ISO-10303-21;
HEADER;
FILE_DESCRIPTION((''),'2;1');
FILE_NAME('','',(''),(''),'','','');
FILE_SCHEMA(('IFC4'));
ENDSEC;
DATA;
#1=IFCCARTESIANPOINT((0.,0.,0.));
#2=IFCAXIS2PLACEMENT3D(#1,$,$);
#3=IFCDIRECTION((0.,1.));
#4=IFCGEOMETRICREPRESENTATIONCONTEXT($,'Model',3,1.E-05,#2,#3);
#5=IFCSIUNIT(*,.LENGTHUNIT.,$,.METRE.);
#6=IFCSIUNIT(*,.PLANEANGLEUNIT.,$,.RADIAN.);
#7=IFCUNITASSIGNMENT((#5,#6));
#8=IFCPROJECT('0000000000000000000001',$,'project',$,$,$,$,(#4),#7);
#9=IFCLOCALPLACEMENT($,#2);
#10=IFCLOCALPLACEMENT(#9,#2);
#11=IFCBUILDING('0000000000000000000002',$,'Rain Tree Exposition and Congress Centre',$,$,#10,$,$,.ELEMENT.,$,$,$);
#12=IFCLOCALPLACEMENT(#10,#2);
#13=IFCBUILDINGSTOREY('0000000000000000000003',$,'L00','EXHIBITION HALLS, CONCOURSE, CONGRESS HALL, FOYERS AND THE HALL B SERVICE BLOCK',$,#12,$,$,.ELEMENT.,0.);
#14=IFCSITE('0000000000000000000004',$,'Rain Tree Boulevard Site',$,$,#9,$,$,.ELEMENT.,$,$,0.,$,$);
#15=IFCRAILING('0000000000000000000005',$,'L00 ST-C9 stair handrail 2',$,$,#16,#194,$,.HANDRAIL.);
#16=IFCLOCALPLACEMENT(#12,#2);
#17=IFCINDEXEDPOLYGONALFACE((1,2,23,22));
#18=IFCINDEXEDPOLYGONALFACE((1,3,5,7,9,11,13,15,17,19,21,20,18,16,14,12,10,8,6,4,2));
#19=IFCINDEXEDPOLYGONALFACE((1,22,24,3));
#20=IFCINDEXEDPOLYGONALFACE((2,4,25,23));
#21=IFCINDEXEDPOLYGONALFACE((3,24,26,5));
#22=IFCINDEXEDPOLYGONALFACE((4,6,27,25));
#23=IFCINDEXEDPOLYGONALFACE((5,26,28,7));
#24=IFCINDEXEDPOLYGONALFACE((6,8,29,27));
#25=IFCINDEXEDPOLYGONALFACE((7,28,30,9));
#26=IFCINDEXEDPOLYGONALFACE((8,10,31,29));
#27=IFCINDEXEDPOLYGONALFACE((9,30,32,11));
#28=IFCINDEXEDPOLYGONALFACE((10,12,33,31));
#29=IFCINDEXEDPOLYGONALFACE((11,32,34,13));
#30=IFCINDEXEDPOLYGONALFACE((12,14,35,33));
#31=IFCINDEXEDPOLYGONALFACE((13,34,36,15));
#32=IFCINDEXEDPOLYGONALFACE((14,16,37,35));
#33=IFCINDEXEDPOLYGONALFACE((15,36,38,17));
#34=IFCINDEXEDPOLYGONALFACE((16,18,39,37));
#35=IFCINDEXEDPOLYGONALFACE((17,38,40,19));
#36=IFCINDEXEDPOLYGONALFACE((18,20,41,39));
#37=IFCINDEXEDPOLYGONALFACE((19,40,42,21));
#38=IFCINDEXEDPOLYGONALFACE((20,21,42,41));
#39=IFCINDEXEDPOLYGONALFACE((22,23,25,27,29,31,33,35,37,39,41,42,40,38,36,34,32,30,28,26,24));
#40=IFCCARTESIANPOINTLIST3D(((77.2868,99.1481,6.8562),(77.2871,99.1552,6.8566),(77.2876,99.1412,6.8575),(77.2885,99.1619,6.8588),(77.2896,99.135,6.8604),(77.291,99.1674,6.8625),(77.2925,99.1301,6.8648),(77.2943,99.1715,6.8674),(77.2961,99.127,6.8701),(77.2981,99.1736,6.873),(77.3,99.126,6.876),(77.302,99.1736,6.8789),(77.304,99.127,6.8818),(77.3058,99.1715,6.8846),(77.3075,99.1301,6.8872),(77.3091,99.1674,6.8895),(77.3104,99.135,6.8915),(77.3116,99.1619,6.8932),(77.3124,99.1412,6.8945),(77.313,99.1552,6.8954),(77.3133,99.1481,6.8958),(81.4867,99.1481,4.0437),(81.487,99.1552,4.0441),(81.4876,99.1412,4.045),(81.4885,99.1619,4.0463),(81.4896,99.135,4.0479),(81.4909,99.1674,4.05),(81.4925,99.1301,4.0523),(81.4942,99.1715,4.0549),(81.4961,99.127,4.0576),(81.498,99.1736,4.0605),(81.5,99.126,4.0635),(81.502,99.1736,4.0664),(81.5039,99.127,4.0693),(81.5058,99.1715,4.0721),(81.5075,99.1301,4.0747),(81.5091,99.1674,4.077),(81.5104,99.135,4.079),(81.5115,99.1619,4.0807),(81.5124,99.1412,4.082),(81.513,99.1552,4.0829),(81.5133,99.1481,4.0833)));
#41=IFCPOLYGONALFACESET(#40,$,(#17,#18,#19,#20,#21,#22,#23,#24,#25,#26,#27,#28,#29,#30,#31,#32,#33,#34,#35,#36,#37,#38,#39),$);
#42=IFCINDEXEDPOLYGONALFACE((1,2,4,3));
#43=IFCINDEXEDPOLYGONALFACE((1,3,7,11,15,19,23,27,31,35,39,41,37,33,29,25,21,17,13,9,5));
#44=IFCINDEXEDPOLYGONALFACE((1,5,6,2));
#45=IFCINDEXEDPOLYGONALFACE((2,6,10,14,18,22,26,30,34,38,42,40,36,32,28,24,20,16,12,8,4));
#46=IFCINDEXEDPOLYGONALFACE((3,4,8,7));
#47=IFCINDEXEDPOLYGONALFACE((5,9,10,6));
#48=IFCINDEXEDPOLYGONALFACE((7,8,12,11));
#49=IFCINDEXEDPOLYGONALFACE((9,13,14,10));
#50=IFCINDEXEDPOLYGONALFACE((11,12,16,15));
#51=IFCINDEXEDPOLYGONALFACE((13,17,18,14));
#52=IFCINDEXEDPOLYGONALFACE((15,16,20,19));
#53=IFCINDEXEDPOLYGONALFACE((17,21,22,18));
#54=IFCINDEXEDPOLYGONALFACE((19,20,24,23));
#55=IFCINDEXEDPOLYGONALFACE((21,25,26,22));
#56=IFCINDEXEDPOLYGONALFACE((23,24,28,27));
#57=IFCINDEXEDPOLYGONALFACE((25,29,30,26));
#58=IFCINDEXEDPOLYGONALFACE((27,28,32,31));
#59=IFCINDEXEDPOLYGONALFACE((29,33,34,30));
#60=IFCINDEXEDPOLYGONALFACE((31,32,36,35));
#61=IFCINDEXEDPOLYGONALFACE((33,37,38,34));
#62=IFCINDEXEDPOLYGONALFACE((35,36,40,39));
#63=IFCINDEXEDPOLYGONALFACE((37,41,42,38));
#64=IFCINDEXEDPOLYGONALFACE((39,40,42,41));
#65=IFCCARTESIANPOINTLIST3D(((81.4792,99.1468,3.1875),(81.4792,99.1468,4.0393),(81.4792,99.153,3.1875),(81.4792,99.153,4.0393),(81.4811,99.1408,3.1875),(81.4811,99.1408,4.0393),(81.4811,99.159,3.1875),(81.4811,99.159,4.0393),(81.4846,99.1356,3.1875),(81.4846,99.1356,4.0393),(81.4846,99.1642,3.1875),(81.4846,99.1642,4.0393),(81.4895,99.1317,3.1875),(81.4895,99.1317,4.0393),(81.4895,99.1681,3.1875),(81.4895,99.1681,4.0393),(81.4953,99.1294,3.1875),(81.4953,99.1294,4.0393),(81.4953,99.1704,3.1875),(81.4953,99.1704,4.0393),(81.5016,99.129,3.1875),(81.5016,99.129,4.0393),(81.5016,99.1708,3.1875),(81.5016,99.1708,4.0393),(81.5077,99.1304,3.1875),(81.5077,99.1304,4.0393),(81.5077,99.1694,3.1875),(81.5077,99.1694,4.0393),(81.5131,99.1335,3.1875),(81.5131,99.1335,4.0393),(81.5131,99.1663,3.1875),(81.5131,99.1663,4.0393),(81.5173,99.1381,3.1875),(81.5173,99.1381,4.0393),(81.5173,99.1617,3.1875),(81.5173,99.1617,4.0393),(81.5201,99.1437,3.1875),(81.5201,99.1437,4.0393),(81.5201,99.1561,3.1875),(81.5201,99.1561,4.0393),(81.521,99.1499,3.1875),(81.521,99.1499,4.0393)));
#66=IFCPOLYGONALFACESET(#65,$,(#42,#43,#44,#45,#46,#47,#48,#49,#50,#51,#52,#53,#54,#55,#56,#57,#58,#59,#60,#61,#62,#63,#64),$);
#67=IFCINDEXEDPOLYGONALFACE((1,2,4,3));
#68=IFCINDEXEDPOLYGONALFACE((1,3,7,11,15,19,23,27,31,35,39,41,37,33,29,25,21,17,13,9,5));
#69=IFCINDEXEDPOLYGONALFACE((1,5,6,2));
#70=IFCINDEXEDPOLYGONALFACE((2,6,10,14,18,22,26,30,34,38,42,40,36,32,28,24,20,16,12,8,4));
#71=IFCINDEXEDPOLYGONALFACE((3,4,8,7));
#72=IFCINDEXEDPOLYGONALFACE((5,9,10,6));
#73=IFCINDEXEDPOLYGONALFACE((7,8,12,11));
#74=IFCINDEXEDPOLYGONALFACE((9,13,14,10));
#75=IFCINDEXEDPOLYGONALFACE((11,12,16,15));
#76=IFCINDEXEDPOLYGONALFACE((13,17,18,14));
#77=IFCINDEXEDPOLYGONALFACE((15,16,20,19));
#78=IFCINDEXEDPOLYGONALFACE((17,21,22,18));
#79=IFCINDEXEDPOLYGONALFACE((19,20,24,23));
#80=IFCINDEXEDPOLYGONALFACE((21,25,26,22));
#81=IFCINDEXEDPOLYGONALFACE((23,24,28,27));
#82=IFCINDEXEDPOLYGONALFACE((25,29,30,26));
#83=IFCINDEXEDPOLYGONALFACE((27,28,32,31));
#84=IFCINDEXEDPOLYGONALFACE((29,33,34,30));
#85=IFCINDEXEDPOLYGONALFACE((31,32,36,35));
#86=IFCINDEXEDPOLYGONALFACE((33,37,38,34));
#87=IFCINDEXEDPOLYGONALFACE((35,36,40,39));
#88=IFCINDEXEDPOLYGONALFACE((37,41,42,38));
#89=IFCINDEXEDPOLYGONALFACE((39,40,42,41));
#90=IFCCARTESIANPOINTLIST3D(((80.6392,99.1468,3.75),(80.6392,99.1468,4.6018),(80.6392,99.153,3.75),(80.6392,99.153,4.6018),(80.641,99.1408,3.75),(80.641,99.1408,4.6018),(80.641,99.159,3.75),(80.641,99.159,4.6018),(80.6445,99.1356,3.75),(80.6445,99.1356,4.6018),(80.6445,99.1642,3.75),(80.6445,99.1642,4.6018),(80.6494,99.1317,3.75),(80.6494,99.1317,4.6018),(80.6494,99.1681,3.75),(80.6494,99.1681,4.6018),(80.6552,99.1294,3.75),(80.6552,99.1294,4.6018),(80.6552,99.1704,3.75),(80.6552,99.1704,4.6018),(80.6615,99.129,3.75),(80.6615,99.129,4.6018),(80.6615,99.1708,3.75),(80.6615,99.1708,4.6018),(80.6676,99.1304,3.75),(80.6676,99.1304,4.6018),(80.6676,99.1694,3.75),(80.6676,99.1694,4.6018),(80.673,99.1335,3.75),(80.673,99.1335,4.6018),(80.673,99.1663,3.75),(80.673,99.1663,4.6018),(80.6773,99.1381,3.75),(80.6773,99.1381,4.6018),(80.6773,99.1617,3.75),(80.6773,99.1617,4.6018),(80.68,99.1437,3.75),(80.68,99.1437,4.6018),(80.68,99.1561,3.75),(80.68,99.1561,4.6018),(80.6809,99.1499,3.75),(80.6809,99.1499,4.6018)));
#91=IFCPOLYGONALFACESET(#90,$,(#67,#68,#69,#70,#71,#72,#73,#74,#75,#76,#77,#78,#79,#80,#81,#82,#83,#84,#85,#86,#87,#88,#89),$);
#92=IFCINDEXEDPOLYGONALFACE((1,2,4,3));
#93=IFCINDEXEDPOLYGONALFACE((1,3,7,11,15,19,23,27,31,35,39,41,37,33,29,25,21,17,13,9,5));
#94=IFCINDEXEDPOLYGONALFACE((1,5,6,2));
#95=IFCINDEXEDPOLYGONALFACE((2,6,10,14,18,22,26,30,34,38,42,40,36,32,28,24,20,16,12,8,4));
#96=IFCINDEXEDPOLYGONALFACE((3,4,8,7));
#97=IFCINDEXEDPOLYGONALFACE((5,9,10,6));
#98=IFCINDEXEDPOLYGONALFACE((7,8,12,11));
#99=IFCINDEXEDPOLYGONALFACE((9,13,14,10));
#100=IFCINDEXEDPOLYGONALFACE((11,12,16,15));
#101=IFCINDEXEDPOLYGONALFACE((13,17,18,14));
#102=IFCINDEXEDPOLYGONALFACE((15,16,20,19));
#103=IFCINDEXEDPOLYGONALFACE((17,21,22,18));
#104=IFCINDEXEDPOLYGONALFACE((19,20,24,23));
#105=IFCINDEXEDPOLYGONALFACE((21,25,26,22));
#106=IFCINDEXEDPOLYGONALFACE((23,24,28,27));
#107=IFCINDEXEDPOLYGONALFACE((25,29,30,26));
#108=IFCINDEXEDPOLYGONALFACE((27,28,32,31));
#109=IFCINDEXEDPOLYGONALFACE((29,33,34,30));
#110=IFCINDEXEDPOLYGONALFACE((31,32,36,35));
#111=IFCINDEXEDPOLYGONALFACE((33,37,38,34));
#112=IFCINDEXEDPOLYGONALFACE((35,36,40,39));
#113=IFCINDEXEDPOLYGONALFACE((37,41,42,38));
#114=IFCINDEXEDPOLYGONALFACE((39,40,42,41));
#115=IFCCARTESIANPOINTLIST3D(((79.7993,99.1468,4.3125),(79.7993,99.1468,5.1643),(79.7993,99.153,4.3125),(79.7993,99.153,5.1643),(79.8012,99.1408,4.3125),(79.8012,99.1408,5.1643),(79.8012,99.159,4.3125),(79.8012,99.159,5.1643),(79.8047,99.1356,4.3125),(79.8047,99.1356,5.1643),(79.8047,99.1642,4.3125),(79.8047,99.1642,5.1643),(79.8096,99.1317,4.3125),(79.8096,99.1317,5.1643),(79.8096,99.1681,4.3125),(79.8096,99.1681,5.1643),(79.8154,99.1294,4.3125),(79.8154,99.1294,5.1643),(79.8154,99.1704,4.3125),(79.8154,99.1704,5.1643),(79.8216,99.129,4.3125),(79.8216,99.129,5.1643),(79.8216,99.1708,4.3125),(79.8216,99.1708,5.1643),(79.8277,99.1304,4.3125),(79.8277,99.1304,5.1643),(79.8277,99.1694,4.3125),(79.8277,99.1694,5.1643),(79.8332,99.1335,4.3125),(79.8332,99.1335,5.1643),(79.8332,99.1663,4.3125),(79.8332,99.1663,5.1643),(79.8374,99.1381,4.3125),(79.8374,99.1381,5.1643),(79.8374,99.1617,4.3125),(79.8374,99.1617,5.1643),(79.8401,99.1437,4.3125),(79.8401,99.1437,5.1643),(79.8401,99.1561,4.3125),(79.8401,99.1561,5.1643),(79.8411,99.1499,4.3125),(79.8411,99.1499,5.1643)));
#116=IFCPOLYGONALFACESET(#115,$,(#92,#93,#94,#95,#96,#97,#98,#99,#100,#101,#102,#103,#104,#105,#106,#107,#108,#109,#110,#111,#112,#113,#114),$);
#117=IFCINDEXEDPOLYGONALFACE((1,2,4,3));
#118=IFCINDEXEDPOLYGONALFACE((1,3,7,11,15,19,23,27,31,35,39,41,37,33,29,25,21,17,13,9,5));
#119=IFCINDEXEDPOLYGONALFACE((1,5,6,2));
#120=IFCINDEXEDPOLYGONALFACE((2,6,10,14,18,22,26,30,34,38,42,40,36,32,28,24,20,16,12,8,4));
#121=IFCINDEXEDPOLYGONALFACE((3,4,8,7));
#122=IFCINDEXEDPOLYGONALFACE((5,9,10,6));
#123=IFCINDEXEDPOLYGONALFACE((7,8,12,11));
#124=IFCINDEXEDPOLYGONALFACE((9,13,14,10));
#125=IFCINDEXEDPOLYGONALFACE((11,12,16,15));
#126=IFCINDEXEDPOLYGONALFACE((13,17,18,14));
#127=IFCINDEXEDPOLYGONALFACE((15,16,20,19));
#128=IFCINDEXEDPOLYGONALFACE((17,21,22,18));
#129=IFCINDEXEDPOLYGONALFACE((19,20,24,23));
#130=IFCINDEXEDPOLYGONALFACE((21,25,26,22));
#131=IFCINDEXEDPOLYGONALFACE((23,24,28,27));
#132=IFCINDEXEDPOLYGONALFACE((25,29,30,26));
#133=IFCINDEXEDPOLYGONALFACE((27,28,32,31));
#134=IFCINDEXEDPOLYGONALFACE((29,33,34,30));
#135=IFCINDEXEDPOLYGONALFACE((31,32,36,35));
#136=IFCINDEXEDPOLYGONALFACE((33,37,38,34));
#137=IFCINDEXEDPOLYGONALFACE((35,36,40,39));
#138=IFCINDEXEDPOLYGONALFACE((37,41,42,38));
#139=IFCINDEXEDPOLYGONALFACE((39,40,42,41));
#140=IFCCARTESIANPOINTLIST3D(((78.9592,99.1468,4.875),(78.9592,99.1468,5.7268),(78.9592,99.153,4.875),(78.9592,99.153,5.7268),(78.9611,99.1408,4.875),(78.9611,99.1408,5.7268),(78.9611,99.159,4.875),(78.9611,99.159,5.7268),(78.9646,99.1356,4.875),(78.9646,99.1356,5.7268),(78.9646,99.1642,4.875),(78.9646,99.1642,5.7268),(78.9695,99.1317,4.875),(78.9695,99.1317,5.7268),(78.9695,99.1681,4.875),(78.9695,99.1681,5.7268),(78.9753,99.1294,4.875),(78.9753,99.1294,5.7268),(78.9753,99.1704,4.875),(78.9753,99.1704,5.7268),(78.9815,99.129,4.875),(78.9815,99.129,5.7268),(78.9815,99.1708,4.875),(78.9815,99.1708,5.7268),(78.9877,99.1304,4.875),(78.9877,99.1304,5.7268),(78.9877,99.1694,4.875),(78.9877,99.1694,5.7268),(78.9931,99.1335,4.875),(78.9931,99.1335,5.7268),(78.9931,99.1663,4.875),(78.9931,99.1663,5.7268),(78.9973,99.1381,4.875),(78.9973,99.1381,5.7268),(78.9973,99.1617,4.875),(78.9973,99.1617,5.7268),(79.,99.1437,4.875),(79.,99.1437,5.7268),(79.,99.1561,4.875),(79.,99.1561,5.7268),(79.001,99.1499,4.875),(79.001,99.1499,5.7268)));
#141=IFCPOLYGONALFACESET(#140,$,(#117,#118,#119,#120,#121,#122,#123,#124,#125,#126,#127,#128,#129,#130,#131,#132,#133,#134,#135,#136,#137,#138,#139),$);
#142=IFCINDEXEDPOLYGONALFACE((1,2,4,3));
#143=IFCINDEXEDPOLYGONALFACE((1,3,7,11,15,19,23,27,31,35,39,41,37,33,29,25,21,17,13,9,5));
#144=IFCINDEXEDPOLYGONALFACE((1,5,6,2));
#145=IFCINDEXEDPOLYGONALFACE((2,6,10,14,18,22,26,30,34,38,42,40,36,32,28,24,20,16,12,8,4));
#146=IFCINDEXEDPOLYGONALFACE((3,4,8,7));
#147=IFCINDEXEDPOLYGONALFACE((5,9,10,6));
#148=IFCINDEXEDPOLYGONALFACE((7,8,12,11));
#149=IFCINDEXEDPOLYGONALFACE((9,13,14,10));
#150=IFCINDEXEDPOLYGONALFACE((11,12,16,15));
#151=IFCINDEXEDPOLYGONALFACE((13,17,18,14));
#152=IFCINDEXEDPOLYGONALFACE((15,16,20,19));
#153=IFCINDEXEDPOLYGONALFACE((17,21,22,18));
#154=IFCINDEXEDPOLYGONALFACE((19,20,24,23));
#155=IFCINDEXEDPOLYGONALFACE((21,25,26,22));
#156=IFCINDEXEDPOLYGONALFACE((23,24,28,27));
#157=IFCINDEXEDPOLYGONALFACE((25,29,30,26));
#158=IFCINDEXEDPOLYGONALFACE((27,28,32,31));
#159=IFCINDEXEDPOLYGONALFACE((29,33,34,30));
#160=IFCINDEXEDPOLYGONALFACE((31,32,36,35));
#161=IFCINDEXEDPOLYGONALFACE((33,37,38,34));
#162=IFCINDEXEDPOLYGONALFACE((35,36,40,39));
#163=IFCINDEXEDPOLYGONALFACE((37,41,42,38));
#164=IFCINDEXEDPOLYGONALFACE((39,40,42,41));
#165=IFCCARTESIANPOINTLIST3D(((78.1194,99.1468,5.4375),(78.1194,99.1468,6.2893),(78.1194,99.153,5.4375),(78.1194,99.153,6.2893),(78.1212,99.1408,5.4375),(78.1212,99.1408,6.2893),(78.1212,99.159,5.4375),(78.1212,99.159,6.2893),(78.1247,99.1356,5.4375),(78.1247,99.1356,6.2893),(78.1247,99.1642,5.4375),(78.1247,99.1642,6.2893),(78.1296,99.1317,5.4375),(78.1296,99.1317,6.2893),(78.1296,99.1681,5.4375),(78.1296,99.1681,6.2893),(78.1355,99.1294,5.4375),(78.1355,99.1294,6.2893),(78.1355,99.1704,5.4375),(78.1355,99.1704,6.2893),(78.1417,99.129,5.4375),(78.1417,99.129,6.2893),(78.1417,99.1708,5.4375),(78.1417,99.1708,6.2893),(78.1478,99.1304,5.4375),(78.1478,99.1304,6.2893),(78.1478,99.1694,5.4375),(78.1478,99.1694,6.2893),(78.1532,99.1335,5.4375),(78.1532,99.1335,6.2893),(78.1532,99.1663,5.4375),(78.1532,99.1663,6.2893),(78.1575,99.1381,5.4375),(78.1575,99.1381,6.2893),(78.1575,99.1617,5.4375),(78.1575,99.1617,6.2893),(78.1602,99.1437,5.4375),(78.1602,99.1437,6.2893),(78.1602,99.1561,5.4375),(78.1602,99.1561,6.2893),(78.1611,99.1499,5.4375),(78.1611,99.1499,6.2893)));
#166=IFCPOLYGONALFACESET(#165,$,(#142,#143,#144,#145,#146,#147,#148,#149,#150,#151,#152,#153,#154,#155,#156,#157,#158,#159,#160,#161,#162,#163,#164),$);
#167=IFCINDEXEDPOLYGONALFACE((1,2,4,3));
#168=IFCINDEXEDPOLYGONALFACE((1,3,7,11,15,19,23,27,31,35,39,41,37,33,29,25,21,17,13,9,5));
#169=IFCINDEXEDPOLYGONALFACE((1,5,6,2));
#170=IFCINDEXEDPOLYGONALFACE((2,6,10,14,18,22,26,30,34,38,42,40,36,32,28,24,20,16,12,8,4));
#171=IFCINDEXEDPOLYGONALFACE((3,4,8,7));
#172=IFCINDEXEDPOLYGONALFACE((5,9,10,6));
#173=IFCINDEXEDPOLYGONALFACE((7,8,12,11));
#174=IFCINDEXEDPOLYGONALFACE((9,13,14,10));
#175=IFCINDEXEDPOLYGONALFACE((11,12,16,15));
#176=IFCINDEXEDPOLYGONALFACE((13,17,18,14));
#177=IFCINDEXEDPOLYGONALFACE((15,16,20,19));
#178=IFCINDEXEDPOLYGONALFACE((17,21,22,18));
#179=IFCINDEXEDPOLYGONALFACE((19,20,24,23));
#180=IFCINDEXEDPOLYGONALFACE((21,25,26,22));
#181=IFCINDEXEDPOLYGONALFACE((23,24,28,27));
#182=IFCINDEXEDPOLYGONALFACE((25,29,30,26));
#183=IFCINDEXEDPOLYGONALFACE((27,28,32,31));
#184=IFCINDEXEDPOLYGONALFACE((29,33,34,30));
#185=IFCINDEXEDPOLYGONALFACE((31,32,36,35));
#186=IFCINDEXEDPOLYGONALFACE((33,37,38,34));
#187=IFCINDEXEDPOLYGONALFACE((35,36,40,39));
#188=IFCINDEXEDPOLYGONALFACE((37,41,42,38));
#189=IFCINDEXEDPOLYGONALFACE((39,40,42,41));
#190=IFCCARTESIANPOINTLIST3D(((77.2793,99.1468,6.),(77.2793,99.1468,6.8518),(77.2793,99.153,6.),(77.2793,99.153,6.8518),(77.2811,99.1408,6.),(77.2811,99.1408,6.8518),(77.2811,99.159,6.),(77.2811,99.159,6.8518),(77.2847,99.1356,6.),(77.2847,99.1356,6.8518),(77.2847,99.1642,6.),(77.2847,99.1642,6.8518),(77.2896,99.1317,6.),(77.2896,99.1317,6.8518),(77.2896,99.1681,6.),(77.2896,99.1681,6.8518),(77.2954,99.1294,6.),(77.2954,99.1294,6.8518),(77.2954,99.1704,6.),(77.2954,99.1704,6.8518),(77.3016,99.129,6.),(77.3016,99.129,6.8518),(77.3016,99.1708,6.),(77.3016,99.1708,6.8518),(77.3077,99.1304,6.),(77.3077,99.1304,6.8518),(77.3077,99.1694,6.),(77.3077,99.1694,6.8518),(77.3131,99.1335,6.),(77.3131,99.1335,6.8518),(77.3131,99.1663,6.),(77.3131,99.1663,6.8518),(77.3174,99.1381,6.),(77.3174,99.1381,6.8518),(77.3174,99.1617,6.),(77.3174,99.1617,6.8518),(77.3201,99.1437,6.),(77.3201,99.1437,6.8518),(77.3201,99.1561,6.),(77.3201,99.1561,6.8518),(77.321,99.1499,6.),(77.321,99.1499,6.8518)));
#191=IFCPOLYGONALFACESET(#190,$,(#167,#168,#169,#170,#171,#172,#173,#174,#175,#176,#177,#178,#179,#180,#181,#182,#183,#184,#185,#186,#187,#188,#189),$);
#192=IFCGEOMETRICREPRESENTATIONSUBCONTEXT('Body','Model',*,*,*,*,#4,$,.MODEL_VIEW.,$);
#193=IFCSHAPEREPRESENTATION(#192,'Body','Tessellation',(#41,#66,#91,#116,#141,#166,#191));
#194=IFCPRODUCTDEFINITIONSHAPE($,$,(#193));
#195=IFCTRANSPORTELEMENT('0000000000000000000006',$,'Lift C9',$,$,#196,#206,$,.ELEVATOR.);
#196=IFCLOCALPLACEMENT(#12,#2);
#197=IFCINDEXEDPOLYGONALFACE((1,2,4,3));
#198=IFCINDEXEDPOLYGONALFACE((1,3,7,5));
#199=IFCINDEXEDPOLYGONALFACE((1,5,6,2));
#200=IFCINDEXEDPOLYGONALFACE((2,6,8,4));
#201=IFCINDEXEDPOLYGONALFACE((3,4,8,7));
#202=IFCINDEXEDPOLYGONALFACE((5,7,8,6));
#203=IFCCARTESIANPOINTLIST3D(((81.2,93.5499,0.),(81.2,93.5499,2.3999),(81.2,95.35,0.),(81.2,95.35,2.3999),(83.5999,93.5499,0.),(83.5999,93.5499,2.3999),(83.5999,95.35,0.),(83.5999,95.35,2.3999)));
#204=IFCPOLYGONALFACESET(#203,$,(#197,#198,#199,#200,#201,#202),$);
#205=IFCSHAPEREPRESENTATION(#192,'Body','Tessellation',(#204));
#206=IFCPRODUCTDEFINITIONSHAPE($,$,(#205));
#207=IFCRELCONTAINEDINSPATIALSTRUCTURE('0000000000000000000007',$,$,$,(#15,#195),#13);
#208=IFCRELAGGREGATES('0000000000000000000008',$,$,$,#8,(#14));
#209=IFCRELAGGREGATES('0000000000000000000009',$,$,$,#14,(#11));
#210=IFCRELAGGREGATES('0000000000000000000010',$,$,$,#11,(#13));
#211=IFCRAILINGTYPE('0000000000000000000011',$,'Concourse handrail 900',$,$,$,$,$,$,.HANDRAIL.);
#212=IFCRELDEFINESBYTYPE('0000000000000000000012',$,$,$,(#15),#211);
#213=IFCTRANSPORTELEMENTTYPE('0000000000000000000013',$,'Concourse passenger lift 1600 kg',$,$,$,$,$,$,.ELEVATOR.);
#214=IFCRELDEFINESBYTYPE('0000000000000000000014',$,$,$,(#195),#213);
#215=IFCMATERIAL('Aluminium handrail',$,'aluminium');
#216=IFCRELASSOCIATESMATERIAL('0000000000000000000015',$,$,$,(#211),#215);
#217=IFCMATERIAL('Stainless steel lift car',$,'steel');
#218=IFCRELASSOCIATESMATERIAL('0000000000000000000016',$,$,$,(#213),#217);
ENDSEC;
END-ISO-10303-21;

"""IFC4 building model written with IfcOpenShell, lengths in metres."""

from ifc_helpers import new_model, si_unit, direction, frame, origin, origin_2d, place, context, subcontext, project, spatial, rectangle, circle, extrude, material, type_object, element, save


model = new_model("IFC4")

# Units and contexts
model_context = context("Model", 3, precision=1e-05, world=origin(), true_north=direction((0.0, 1.0)))
body_context = subcontext(model_context, "Body", "Model", "MODEL_VIEW")
ifc_project = project(units=[si_unit("LENGTHUNIT", "METRE"), si_unit("PLANEANGLEUNIT", "RADIAN")], contexts=[model_context])

# Site, building, storey
site_placement = place(None, origin())
site = spatial("IfcSite", under=ifc_project, at=site_placement, Name="Rain Tree Boulevard Site", CompositionType="ELEMENT", RefElevation=0.0)
building_placement = place(site_placement, origin())
building = spatial("IfcBuilding", under=site, at=building_placement, Name="Rain Tree Exposition and Congress Centre", CompositionType="ELEMENT")
storey_placement = place(building_placement, origin())
storey = spatial("IfcBuildingStorey", under=building, at=storey_placement, Name="L00", Description="EXHIBITION HALLS, CONCOURSE, CONGRESS HALL, FOYERS AND THE HALL B SERVICE BLOCK", CompositionType="ELEMENT", Elevation=0.0)

# Railing
ifc_material_1 = material(Name="Aluminium handrail", Category="aluminium")
railing_type_1 = type_object("IfcRailingType", Name="Concourse handrail 900", PredefinedType="HANDRAIL", material=ifc_material_1)
railing_1_placement = place(storey_placement, frame((81.5, 99.1499, 3.1875)))
element("IfcRailing", 1, at=railing_1_placement, inside=storey, type_object=railing_type_1, Name="L00 ST-C9 stair handrail 2", PredefinedType="HANDRAIL", context=body_context, shape_type="SweptSolid", body=[
    extrude(circle(Radius=0.0239, at=origin_2d()), frame((0.0, 0.0, 0.876), z_axis=(-0.830904, 0.0, 0.556416), x_axis=(0.0, -1.0, 0.0)), (0.0, 0.0, 1.0), 5.0547),
    extrude(circle(Radius=0.021, at=origin_2d()), origin(), (0.0, 0.0, 1.0), 0.8518),
    extrude(circle(Radius=0.021, at=origin_2d()), frame((-0.8401, 0.0, 0.5625)), (0.0, 0.0, 1.0), 0.8518),
    extrude(circle(Radius=0.021, at=origin_2d()), frame((-1.6799, 0.0, 1.125)), (0.0, 0.0, 1.0), 0.8518),
    extrude(circle(Radius=0.021, at=origin_2d()), frame((-2.52, 0.0, 1.6875)), (0.0, 0.0, 1.0), 0.8518),
    extrude(circle(Radius=0.021, at=origin_2d()), frame((-3.3599, 0.0, 2.25)), (0.0, 0.0, 1.0), 0.8518),
    extrude(circle(Radius=0.021, at=origin_2d()), frame((-4.2, 0.0, 2.8125)), (0.0, 0.0, 1.0), 0.8518),
])

# Transport element
ifc_material_2 = material(Name="Stainless steel lift car", Category="steel")
transport_element_type = type_object("IfcTransportElementType", Name="Concourse passenger lift 1600 kg", PredefinedType="ELEVATOR", material=ifc_material_2)
transport_element_placement = place(storey_placement, frame((82.3999, 94.45, 0.0), z_axis=(0.0, 0.0, 1.0), x_axis=(1.0, 0.0, 0.0)))
element("IfcTransportElement", 2, at=transport_element_placement, inside=storey, type_object=transport_element_type, Name="Lift C9", PredefinedType="ELEVATOR", context=body_context, shape_type="SweptSolid", body=[
    extrude(rectangle(XDim=2.3999, YDim=1.8, at=origin_2d()), origin(), (0.0, 0.0, 1.0), 2.3999),
])

save(model, "model.ifc")
